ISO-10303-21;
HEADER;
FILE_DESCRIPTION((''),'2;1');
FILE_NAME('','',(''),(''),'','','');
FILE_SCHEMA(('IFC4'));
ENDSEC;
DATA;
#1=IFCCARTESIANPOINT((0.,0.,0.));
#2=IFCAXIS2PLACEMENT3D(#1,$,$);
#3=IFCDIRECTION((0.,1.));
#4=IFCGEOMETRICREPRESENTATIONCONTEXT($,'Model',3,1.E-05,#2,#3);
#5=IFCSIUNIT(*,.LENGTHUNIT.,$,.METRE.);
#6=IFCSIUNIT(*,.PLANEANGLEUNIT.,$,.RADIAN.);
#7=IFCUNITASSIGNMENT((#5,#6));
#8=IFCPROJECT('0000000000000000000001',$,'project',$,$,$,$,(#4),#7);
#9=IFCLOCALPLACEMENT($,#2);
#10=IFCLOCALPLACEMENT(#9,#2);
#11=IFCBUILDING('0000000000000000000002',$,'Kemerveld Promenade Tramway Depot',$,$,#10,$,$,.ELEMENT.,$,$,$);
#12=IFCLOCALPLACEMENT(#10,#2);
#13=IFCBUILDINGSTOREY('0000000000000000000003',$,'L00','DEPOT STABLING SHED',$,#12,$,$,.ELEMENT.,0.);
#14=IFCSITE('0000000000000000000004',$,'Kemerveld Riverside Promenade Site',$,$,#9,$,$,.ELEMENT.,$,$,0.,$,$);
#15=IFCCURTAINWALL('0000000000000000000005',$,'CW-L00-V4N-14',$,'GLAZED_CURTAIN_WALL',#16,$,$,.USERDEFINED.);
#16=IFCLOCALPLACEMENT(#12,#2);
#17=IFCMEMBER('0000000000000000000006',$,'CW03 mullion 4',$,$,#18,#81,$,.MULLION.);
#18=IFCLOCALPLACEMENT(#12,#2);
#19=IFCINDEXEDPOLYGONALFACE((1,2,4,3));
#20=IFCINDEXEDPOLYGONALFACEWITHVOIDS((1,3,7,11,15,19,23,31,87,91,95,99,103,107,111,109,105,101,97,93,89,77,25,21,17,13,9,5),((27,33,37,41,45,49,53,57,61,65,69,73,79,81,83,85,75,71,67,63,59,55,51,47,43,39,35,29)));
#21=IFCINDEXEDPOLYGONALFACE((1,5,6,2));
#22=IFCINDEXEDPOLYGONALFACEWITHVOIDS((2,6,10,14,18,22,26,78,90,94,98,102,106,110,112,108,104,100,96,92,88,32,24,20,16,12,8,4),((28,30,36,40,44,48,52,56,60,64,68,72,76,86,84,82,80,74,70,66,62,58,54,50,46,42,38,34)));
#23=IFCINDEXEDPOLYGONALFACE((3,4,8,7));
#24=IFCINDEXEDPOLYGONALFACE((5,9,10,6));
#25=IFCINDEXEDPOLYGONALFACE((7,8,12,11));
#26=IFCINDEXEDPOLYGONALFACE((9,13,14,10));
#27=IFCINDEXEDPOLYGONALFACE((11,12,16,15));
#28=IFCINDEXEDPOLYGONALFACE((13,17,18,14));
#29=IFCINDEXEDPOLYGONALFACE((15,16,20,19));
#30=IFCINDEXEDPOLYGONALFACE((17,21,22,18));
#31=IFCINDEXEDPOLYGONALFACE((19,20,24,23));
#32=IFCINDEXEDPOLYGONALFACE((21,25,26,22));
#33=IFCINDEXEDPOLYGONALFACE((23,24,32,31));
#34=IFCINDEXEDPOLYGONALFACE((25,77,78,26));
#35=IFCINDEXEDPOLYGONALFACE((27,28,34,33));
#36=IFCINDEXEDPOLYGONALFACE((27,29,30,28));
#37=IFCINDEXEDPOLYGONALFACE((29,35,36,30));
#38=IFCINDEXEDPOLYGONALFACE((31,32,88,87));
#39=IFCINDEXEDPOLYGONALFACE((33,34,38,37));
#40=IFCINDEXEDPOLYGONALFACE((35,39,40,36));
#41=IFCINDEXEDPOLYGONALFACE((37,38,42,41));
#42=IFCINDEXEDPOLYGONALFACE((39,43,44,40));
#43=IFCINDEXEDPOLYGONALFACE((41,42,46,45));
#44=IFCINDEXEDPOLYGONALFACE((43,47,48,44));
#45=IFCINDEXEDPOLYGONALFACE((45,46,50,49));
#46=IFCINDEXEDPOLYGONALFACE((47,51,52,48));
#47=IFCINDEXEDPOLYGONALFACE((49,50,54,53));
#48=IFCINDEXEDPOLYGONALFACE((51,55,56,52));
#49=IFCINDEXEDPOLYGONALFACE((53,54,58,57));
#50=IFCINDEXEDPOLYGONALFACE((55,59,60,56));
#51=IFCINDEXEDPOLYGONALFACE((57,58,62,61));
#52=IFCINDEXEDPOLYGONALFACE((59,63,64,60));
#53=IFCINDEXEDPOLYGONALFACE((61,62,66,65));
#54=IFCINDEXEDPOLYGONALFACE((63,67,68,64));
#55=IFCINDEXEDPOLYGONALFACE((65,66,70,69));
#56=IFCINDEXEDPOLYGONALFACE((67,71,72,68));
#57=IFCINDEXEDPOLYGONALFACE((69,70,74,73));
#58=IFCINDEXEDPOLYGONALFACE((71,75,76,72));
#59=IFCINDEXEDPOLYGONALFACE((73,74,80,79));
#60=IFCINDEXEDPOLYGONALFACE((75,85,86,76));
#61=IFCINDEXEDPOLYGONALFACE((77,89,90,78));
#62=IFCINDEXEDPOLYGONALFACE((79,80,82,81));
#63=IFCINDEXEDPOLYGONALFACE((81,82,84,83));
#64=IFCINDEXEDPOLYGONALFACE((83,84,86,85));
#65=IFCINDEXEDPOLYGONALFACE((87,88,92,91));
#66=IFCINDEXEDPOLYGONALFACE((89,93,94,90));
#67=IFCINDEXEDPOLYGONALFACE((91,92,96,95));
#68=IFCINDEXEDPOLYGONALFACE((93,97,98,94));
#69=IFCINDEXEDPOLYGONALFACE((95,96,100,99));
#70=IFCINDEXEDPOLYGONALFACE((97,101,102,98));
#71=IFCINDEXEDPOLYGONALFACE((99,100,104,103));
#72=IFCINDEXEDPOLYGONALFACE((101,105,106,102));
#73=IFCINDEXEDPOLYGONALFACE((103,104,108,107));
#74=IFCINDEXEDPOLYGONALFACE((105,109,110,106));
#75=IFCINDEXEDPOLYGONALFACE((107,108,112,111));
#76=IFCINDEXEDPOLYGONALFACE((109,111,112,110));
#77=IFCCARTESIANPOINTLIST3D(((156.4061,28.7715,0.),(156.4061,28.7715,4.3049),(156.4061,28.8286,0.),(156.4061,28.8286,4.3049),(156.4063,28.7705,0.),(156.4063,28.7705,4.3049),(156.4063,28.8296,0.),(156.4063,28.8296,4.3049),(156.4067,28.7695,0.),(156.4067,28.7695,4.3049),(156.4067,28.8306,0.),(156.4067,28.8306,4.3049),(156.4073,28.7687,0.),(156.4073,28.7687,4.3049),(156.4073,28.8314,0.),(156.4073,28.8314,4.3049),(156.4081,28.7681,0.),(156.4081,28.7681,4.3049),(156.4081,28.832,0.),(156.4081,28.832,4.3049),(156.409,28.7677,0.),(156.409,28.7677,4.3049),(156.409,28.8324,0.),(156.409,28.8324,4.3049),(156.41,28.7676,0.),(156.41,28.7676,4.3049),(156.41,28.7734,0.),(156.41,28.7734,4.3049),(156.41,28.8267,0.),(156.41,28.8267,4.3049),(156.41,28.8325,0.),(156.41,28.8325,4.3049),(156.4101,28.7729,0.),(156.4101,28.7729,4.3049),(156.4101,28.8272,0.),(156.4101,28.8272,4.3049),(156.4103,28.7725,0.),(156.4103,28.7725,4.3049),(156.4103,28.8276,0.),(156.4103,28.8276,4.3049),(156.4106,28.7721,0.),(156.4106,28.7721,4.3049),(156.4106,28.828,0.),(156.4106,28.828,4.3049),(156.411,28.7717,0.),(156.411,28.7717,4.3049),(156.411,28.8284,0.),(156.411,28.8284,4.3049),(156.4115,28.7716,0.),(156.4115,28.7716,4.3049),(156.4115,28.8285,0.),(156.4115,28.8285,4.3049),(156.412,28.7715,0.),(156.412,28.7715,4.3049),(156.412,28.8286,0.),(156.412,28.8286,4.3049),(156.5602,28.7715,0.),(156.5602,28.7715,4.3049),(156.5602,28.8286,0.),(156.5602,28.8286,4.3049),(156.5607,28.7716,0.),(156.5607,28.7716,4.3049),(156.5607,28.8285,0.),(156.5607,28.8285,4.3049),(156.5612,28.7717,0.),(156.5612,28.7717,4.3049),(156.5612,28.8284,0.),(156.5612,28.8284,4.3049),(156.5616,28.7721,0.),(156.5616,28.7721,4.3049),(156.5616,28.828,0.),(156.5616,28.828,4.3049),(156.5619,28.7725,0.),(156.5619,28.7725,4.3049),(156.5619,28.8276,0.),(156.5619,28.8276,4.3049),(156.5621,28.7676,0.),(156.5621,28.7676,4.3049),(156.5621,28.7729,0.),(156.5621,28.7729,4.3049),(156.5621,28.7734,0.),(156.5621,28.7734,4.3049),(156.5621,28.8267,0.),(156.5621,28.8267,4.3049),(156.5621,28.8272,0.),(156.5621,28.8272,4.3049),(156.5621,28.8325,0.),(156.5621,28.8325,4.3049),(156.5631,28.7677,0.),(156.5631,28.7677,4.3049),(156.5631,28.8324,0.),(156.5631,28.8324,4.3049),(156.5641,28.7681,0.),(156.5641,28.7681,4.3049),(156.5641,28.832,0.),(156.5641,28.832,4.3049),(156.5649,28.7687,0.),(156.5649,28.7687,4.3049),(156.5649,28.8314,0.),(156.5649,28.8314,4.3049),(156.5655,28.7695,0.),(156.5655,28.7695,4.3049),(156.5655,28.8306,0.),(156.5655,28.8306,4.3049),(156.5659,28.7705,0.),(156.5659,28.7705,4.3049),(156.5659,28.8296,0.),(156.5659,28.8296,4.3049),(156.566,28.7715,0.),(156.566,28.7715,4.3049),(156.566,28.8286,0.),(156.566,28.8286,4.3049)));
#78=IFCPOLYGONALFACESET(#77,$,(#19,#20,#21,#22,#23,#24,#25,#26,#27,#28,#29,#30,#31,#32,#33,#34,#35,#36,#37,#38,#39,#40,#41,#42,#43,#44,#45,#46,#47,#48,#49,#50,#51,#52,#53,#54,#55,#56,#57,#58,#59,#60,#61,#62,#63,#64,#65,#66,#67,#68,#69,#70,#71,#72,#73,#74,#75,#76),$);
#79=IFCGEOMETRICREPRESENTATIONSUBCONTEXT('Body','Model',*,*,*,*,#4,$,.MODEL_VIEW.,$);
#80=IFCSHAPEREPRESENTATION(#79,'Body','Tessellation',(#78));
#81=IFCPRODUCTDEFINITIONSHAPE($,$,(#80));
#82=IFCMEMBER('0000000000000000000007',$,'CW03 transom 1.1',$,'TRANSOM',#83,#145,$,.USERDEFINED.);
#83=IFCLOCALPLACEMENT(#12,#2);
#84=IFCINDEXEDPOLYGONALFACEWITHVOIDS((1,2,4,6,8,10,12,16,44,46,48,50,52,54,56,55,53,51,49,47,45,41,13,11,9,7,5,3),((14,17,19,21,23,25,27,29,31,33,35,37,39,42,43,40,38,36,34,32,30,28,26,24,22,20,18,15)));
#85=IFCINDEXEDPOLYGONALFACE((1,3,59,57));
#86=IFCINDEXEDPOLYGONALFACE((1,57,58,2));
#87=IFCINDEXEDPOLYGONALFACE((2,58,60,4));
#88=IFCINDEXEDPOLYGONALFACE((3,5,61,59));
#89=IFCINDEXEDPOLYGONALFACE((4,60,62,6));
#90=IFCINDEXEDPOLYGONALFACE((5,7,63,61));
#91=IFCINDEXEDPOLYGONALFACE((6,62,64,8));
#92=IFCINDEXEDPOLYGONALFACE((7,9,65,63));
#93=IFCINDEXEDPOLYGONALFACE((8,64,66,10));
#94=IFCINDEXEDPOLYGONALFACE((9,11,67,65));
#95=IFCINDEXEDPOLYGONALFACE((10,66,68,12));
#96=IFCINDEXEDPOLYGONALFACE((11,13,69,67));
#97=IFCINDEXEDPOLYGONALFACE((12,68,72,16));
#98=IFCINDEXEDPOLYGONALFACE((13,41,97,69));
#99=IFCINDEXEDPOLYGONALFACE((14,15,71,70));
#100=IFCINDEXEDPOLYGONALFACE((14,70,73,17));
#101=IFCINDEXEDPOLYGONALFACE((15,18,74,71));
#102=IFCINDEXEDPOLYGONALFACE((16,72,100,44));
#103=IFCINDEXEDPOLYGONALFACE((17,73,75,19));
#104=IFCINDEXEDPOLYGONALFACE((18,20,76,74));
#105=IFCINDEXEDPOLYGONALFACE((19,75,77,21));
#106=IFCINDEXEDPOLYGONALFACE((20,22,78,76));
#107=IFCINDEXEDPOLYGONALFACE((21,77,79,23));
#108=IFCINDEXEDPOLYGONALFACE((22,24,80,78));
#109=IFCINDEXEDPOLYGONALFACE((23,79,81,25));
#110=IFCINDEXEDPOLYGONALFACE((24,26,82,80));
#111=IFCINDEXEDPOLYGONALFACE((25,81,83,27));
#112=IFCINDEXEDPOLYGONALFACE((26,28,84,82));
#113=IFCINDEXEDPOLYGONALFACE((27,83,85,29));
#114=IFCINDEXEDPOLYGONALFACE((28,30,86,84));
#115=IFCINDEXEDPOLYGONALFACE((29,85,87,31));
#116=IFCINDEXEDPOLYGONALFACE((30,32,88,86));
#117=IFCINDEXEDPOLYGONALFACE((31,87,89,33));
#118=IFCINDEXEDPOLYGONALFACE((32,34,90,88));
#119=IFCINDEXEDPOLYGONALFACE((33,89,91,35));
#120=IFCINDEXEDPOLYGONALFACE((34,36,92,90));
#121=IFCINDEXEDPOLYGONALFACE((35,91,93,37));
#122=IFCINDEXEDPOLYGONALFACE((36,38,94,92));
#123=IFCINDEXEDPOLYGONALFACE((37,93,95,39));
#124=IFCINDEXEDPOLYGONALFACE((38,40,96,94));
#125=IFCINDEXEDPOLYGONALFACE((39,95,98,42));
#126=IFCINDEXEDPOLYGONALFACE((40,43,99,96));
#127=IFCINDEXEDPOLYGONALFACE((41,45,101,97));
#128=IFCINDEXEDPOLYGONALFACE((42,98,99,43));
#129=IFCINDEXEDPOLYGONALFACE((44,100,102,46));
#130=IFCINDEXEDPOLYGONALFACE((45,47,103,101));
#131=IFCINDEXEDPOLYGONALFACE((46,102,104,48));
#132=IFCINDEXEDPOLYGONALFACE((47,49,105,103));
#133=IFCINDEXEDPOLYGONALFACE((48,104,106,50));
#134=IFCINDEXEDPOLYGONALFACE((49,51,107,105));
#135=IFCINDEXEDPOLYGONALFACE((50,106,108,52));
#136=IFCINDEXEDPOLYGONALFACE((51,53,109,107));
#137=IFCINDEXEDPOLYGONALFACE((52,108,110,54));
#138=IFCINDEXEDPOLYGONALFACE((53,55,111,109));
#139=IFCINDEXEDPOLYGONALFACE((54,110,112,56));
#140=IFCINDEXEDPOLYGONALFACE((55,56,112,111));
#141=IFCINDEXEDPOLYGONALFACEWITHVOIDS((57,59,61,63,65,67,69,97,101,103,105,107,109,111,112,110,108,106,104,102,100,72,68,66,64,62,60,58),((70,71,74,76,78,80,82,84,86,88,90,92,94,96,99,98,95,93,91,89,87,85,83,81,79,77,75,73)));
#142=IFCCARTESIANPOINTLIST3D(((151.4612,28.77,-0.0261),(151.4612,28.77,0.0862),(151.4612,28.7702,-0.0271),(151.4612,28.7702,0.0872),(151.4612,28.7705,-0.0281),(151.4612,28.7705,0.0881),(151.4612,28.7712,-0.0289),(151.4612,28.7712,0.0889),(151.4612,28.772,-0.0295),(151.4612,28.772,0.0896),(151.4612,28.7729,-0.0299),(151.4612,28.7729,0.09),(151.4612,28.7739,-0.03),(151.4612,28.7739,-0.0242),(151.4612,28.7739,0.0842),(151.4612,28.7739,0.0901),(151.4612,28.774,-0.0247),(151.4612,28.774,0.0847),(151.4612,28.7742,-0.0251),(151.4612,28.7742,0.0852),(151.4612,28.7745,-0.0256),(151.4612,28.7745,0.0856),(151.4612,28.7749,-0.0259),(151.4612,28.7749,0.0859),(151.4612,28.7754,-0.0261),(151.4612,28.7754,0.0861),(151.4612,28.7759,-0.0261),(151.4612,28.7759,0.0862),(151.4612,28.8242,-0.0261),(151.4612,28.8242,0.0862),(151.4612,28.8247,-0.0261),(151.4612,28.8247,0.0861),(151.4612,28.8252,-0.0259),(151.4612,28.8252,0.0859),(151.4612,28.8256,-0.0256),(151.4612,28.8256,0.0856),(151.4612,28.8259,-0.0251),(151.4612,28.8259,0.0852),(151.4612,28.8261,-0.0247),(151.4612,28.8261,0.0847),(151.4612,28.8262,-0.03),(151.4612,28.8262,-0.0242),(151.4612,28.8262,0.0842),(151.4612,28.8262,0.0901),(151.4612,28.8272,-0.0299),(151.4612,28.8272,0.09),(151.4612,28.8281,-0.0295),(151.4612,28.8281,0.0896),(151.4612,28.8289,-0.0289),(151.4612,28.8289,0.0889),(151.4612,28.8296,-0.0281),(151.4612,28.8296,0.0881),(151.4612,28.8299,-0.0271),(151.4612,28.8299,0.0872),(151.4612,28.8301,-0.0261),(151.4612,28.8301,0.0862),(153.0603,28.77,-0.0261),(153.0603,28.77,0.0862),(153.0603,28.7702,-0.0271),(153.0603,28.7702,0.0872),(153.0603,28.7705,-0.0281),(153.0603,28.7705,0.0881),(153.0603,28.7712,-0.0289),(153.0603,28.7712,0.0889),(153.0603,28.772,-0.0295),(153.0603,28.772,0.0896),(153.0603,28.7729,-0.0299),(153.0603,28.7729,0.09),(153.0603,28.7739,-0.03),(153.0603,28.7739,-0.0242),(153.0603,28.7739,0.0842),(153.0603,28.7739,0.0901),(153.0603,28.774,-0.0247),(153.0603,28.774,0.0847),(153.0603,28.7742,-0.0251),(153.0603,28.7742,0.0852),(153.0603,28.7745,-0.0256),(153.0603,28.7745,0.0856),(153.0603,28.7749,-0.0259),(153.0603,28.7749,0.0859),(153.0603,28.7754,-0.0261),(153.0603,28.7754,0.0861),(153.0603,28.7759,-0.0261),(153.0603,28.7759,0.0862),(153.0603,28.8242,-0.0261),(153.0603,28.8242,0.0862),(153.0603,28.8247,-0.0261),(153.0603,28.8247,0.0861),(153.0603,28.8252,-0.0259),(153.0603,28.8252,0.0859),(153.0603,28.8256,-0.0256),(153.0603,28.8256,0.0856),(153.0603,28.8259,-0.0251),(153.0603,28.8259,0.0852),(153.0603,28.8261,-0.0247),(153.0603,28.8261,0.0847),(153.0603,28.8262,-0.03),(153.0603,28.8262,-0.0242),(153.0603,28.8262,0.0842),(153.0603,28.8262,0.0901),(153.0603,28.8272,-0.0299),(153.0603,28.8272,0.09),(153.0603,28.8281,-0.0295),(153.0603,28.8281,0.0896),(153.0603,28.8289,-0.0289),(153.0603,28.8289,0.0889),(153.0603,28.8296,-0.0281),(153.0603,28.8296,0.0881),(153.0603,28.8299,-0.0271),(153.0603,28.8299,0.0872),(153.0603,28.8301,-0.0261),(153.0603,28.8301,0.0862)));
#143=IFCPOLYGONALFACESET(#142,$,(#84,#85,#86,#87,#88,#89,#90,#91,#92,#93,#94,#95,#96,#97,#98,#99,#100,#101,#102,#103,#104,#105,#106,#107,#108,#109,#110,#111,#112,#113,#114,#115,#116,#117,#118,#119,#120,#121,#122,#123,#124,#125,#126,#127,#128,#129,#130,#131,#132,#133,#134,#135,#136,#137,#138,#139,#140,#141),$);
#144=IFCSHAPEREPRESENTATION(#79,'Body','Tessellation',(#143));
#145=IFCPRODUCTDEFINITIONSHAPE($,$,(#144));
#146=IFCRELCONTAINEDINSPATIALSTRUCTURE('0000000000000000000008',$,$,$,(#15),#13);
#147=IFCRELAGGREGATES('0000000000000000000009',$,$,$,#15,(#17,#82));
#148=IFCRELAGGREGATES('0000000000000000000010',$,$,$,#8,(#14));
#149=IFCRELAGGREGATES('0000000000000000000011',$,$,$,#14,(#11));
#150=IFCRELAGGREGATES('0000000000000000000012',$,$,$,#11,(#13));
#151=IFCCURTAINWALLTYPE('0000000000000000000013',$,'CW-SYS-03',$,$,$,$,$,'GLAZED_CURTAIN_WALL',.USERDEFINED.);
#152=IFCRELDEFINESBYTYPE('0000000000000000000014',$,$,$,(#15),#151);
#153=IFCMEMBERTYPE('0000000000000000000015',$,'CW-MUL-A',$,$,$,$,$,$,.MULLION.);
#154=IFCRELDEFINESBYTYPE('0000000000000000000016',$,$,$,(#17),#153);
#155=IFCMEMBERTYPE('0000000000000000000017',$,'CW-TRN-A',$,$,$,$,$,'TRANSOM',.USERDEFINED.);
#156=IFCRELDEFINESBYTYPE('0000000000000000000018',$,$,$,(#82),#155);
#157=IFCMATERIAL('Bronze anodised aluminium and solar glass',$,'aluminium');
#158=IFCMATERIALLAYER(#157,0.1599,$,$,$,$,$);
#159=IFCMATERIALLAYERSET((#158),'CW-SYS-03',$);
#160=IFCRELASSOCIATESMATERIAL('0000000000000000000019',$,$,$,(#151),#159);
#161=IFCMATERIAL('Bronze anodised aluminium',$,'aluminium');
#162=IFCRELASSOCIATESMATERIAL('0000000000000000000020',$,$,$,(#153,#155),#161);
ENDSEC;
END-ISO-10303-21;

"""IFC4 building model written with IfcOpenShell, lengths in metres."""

from ifc_helpers import new_model, si_unit, direction, frame, origin, origin_2d, place, context, subcontext, project, spatial, hollow_rectangle, extrude, material, layer, layer_set, material_profile, profile_set, type_object, element, aggregate, save


model = new_model("IFC4")

# Units and contexts
model_context = context("Model", 3, precision=1e-05, world=origin(), true_north=direction((0.0, 1.0)))
body_context = subcontext(model_context, "Body", "Model", "MODEL_VIEW")
ifc_project = project(units=[si_unit("LENGTHUNIT", "METRE"), si_unit("PLANEANGLEUNIT", "RADIAN")], contexts=[model_context])

# Site, building, storey
site_placement = place(None, origin())
site = spatial("IfcSite", under=ifc_project, at=site_placement, Name="Kemerveld Riverside Promenade Site", CompositionType="ELEMENT", RefElevation=0.0)
building_placement = place(site_placement, origin())
building = spatial("IfcBuilding", under=site, at=building_placement, Name="Kemerveld Promenade Tramway Depot", CompositionType="ELEMENT")
storey_placement = place(building_placement, origin())
storey = spatial("IfcBuildingStorey", under=building, at=storey_placement, Name="L00", Description="DEPOT STABLING SHED", CompositionType="ELEMENT", Elevation=0.0)

# Curtain wall, members
ifc_material_1 = material(Name="Bronze anodised aluminium and solar glass", Category="aluminium")
ifc_layer_1 = layer(ifc_material_1, 0.1599)
ifc_layer_set_1 = layer_set([ifc_layer_1], Name="CW-SYS-03")
curtain_wall_type = type_object("IfcCurtainWallType", Name="CW-SYS-03", ElementType="GLAZED_CURTAIN_WALL", PredefinedType="USERDEFINED", material=ifc_layer_set_1)
curtain_wall_placement = place(storey_placement, origin())
curtain_wall = element("IfcCurtainWall", 1, at=curtain_wall_placement, inside=storey, type_object=curtain_wall_type, Name="CW-L00-V4N-14", ObjectType="GLAZED_CURTAIN_WALL", PredefinedType="USERDEFINED")
ifc_material_2 = material(Name="Bronze anodised aluminium", Category="aluminium")
ifc_material_profile_1 = material_profile(ifc_material_2, hollow_rectangle(XDim=0.0649, YDim=0.1599, WallThickness=0.0039, InnerFilletRadius=0.002, OuterFilletRadius=0.0039, at=origin_2d()), Name="CW-MUL-160x65")
ifc_profile_set_1 = profile_set([ifc_material_profile_1], Name="Bronze anodised aluminium")
member_type_1 = type_object("IfcMemberType", Name="CW-MUL-A", PredefinedType="MULLION", material=ifc_profile_set_1)
member_1_placement = place(storey_placement, frame((156.4861, 28.8, 0.0), z_axis=(0.0, 0.0, 1.0), x_axis=(0.0, 1.0, 0.0)))
member_1 = element("IfcMember", 2, at=member_1_placement, type_object=member_type_1, Name="CW03 mullion 4", PredefinedType="MULLION", context=body_context, shape_type="SweptSolid", body=[
    extrude(hollow_rectangle(XDim=0.0649, YDim=0.1599, WallThickness=0.0039, InnerFilletRadius=0.002, OuterFilletRadius=0.0039, at=origin_2d()), origin(), (0.0, 0.0, 1.0), 4.3049),
])
ifc_material_profile_2 = material_profile(ifc_material_2, hollow_rectangle(XDim=0.0601, YDim=0.1201, WallThickness=0.0039, InnerFilletRadius=0.002, OuterFilletRadius=0.0039, at=origin_2d()), Name="CW-TRN-120x60")
ifc_profile_set_2 = profile_set([ifc_material_profile_2], Name="Bronze anodised aluminium")
member_type_2 = type_object("IfcMemberType", Name="CW-TRN-A", ElementType="TRANSOM", PredefinedType="USERDEFINED", material=ifc_profile_set_2)
member_2_placement = place(storey_placement, frame((151.4612, 28.8, 0.03), z_axis=(1.0, 0.0, 0.0), x_axis=(0.0, 1.0, 0.0)))
member_2 = element("IfcMember", 3, at=member_2_placement, type_object=member_type_2, Name="CW03 transom 1.1", ObjectType="TRANSOM", PredefinedType="USERDEFINED", context=body_context, shape_type="SweptSolid", body=[
    extrude(hollow_rectangle(XDim=0.0601, YDim=0.1201, WallThickness=0.0039, InnerFilletRadius=0.002, OuterFilletRadius=0.0039, at=origin_2d()), origin(), (0.0, 0.0, 1.0), 1.5991),
])
aggregate(curtain_wall, [member_1, member_2])

save(model, "model.ifc")
